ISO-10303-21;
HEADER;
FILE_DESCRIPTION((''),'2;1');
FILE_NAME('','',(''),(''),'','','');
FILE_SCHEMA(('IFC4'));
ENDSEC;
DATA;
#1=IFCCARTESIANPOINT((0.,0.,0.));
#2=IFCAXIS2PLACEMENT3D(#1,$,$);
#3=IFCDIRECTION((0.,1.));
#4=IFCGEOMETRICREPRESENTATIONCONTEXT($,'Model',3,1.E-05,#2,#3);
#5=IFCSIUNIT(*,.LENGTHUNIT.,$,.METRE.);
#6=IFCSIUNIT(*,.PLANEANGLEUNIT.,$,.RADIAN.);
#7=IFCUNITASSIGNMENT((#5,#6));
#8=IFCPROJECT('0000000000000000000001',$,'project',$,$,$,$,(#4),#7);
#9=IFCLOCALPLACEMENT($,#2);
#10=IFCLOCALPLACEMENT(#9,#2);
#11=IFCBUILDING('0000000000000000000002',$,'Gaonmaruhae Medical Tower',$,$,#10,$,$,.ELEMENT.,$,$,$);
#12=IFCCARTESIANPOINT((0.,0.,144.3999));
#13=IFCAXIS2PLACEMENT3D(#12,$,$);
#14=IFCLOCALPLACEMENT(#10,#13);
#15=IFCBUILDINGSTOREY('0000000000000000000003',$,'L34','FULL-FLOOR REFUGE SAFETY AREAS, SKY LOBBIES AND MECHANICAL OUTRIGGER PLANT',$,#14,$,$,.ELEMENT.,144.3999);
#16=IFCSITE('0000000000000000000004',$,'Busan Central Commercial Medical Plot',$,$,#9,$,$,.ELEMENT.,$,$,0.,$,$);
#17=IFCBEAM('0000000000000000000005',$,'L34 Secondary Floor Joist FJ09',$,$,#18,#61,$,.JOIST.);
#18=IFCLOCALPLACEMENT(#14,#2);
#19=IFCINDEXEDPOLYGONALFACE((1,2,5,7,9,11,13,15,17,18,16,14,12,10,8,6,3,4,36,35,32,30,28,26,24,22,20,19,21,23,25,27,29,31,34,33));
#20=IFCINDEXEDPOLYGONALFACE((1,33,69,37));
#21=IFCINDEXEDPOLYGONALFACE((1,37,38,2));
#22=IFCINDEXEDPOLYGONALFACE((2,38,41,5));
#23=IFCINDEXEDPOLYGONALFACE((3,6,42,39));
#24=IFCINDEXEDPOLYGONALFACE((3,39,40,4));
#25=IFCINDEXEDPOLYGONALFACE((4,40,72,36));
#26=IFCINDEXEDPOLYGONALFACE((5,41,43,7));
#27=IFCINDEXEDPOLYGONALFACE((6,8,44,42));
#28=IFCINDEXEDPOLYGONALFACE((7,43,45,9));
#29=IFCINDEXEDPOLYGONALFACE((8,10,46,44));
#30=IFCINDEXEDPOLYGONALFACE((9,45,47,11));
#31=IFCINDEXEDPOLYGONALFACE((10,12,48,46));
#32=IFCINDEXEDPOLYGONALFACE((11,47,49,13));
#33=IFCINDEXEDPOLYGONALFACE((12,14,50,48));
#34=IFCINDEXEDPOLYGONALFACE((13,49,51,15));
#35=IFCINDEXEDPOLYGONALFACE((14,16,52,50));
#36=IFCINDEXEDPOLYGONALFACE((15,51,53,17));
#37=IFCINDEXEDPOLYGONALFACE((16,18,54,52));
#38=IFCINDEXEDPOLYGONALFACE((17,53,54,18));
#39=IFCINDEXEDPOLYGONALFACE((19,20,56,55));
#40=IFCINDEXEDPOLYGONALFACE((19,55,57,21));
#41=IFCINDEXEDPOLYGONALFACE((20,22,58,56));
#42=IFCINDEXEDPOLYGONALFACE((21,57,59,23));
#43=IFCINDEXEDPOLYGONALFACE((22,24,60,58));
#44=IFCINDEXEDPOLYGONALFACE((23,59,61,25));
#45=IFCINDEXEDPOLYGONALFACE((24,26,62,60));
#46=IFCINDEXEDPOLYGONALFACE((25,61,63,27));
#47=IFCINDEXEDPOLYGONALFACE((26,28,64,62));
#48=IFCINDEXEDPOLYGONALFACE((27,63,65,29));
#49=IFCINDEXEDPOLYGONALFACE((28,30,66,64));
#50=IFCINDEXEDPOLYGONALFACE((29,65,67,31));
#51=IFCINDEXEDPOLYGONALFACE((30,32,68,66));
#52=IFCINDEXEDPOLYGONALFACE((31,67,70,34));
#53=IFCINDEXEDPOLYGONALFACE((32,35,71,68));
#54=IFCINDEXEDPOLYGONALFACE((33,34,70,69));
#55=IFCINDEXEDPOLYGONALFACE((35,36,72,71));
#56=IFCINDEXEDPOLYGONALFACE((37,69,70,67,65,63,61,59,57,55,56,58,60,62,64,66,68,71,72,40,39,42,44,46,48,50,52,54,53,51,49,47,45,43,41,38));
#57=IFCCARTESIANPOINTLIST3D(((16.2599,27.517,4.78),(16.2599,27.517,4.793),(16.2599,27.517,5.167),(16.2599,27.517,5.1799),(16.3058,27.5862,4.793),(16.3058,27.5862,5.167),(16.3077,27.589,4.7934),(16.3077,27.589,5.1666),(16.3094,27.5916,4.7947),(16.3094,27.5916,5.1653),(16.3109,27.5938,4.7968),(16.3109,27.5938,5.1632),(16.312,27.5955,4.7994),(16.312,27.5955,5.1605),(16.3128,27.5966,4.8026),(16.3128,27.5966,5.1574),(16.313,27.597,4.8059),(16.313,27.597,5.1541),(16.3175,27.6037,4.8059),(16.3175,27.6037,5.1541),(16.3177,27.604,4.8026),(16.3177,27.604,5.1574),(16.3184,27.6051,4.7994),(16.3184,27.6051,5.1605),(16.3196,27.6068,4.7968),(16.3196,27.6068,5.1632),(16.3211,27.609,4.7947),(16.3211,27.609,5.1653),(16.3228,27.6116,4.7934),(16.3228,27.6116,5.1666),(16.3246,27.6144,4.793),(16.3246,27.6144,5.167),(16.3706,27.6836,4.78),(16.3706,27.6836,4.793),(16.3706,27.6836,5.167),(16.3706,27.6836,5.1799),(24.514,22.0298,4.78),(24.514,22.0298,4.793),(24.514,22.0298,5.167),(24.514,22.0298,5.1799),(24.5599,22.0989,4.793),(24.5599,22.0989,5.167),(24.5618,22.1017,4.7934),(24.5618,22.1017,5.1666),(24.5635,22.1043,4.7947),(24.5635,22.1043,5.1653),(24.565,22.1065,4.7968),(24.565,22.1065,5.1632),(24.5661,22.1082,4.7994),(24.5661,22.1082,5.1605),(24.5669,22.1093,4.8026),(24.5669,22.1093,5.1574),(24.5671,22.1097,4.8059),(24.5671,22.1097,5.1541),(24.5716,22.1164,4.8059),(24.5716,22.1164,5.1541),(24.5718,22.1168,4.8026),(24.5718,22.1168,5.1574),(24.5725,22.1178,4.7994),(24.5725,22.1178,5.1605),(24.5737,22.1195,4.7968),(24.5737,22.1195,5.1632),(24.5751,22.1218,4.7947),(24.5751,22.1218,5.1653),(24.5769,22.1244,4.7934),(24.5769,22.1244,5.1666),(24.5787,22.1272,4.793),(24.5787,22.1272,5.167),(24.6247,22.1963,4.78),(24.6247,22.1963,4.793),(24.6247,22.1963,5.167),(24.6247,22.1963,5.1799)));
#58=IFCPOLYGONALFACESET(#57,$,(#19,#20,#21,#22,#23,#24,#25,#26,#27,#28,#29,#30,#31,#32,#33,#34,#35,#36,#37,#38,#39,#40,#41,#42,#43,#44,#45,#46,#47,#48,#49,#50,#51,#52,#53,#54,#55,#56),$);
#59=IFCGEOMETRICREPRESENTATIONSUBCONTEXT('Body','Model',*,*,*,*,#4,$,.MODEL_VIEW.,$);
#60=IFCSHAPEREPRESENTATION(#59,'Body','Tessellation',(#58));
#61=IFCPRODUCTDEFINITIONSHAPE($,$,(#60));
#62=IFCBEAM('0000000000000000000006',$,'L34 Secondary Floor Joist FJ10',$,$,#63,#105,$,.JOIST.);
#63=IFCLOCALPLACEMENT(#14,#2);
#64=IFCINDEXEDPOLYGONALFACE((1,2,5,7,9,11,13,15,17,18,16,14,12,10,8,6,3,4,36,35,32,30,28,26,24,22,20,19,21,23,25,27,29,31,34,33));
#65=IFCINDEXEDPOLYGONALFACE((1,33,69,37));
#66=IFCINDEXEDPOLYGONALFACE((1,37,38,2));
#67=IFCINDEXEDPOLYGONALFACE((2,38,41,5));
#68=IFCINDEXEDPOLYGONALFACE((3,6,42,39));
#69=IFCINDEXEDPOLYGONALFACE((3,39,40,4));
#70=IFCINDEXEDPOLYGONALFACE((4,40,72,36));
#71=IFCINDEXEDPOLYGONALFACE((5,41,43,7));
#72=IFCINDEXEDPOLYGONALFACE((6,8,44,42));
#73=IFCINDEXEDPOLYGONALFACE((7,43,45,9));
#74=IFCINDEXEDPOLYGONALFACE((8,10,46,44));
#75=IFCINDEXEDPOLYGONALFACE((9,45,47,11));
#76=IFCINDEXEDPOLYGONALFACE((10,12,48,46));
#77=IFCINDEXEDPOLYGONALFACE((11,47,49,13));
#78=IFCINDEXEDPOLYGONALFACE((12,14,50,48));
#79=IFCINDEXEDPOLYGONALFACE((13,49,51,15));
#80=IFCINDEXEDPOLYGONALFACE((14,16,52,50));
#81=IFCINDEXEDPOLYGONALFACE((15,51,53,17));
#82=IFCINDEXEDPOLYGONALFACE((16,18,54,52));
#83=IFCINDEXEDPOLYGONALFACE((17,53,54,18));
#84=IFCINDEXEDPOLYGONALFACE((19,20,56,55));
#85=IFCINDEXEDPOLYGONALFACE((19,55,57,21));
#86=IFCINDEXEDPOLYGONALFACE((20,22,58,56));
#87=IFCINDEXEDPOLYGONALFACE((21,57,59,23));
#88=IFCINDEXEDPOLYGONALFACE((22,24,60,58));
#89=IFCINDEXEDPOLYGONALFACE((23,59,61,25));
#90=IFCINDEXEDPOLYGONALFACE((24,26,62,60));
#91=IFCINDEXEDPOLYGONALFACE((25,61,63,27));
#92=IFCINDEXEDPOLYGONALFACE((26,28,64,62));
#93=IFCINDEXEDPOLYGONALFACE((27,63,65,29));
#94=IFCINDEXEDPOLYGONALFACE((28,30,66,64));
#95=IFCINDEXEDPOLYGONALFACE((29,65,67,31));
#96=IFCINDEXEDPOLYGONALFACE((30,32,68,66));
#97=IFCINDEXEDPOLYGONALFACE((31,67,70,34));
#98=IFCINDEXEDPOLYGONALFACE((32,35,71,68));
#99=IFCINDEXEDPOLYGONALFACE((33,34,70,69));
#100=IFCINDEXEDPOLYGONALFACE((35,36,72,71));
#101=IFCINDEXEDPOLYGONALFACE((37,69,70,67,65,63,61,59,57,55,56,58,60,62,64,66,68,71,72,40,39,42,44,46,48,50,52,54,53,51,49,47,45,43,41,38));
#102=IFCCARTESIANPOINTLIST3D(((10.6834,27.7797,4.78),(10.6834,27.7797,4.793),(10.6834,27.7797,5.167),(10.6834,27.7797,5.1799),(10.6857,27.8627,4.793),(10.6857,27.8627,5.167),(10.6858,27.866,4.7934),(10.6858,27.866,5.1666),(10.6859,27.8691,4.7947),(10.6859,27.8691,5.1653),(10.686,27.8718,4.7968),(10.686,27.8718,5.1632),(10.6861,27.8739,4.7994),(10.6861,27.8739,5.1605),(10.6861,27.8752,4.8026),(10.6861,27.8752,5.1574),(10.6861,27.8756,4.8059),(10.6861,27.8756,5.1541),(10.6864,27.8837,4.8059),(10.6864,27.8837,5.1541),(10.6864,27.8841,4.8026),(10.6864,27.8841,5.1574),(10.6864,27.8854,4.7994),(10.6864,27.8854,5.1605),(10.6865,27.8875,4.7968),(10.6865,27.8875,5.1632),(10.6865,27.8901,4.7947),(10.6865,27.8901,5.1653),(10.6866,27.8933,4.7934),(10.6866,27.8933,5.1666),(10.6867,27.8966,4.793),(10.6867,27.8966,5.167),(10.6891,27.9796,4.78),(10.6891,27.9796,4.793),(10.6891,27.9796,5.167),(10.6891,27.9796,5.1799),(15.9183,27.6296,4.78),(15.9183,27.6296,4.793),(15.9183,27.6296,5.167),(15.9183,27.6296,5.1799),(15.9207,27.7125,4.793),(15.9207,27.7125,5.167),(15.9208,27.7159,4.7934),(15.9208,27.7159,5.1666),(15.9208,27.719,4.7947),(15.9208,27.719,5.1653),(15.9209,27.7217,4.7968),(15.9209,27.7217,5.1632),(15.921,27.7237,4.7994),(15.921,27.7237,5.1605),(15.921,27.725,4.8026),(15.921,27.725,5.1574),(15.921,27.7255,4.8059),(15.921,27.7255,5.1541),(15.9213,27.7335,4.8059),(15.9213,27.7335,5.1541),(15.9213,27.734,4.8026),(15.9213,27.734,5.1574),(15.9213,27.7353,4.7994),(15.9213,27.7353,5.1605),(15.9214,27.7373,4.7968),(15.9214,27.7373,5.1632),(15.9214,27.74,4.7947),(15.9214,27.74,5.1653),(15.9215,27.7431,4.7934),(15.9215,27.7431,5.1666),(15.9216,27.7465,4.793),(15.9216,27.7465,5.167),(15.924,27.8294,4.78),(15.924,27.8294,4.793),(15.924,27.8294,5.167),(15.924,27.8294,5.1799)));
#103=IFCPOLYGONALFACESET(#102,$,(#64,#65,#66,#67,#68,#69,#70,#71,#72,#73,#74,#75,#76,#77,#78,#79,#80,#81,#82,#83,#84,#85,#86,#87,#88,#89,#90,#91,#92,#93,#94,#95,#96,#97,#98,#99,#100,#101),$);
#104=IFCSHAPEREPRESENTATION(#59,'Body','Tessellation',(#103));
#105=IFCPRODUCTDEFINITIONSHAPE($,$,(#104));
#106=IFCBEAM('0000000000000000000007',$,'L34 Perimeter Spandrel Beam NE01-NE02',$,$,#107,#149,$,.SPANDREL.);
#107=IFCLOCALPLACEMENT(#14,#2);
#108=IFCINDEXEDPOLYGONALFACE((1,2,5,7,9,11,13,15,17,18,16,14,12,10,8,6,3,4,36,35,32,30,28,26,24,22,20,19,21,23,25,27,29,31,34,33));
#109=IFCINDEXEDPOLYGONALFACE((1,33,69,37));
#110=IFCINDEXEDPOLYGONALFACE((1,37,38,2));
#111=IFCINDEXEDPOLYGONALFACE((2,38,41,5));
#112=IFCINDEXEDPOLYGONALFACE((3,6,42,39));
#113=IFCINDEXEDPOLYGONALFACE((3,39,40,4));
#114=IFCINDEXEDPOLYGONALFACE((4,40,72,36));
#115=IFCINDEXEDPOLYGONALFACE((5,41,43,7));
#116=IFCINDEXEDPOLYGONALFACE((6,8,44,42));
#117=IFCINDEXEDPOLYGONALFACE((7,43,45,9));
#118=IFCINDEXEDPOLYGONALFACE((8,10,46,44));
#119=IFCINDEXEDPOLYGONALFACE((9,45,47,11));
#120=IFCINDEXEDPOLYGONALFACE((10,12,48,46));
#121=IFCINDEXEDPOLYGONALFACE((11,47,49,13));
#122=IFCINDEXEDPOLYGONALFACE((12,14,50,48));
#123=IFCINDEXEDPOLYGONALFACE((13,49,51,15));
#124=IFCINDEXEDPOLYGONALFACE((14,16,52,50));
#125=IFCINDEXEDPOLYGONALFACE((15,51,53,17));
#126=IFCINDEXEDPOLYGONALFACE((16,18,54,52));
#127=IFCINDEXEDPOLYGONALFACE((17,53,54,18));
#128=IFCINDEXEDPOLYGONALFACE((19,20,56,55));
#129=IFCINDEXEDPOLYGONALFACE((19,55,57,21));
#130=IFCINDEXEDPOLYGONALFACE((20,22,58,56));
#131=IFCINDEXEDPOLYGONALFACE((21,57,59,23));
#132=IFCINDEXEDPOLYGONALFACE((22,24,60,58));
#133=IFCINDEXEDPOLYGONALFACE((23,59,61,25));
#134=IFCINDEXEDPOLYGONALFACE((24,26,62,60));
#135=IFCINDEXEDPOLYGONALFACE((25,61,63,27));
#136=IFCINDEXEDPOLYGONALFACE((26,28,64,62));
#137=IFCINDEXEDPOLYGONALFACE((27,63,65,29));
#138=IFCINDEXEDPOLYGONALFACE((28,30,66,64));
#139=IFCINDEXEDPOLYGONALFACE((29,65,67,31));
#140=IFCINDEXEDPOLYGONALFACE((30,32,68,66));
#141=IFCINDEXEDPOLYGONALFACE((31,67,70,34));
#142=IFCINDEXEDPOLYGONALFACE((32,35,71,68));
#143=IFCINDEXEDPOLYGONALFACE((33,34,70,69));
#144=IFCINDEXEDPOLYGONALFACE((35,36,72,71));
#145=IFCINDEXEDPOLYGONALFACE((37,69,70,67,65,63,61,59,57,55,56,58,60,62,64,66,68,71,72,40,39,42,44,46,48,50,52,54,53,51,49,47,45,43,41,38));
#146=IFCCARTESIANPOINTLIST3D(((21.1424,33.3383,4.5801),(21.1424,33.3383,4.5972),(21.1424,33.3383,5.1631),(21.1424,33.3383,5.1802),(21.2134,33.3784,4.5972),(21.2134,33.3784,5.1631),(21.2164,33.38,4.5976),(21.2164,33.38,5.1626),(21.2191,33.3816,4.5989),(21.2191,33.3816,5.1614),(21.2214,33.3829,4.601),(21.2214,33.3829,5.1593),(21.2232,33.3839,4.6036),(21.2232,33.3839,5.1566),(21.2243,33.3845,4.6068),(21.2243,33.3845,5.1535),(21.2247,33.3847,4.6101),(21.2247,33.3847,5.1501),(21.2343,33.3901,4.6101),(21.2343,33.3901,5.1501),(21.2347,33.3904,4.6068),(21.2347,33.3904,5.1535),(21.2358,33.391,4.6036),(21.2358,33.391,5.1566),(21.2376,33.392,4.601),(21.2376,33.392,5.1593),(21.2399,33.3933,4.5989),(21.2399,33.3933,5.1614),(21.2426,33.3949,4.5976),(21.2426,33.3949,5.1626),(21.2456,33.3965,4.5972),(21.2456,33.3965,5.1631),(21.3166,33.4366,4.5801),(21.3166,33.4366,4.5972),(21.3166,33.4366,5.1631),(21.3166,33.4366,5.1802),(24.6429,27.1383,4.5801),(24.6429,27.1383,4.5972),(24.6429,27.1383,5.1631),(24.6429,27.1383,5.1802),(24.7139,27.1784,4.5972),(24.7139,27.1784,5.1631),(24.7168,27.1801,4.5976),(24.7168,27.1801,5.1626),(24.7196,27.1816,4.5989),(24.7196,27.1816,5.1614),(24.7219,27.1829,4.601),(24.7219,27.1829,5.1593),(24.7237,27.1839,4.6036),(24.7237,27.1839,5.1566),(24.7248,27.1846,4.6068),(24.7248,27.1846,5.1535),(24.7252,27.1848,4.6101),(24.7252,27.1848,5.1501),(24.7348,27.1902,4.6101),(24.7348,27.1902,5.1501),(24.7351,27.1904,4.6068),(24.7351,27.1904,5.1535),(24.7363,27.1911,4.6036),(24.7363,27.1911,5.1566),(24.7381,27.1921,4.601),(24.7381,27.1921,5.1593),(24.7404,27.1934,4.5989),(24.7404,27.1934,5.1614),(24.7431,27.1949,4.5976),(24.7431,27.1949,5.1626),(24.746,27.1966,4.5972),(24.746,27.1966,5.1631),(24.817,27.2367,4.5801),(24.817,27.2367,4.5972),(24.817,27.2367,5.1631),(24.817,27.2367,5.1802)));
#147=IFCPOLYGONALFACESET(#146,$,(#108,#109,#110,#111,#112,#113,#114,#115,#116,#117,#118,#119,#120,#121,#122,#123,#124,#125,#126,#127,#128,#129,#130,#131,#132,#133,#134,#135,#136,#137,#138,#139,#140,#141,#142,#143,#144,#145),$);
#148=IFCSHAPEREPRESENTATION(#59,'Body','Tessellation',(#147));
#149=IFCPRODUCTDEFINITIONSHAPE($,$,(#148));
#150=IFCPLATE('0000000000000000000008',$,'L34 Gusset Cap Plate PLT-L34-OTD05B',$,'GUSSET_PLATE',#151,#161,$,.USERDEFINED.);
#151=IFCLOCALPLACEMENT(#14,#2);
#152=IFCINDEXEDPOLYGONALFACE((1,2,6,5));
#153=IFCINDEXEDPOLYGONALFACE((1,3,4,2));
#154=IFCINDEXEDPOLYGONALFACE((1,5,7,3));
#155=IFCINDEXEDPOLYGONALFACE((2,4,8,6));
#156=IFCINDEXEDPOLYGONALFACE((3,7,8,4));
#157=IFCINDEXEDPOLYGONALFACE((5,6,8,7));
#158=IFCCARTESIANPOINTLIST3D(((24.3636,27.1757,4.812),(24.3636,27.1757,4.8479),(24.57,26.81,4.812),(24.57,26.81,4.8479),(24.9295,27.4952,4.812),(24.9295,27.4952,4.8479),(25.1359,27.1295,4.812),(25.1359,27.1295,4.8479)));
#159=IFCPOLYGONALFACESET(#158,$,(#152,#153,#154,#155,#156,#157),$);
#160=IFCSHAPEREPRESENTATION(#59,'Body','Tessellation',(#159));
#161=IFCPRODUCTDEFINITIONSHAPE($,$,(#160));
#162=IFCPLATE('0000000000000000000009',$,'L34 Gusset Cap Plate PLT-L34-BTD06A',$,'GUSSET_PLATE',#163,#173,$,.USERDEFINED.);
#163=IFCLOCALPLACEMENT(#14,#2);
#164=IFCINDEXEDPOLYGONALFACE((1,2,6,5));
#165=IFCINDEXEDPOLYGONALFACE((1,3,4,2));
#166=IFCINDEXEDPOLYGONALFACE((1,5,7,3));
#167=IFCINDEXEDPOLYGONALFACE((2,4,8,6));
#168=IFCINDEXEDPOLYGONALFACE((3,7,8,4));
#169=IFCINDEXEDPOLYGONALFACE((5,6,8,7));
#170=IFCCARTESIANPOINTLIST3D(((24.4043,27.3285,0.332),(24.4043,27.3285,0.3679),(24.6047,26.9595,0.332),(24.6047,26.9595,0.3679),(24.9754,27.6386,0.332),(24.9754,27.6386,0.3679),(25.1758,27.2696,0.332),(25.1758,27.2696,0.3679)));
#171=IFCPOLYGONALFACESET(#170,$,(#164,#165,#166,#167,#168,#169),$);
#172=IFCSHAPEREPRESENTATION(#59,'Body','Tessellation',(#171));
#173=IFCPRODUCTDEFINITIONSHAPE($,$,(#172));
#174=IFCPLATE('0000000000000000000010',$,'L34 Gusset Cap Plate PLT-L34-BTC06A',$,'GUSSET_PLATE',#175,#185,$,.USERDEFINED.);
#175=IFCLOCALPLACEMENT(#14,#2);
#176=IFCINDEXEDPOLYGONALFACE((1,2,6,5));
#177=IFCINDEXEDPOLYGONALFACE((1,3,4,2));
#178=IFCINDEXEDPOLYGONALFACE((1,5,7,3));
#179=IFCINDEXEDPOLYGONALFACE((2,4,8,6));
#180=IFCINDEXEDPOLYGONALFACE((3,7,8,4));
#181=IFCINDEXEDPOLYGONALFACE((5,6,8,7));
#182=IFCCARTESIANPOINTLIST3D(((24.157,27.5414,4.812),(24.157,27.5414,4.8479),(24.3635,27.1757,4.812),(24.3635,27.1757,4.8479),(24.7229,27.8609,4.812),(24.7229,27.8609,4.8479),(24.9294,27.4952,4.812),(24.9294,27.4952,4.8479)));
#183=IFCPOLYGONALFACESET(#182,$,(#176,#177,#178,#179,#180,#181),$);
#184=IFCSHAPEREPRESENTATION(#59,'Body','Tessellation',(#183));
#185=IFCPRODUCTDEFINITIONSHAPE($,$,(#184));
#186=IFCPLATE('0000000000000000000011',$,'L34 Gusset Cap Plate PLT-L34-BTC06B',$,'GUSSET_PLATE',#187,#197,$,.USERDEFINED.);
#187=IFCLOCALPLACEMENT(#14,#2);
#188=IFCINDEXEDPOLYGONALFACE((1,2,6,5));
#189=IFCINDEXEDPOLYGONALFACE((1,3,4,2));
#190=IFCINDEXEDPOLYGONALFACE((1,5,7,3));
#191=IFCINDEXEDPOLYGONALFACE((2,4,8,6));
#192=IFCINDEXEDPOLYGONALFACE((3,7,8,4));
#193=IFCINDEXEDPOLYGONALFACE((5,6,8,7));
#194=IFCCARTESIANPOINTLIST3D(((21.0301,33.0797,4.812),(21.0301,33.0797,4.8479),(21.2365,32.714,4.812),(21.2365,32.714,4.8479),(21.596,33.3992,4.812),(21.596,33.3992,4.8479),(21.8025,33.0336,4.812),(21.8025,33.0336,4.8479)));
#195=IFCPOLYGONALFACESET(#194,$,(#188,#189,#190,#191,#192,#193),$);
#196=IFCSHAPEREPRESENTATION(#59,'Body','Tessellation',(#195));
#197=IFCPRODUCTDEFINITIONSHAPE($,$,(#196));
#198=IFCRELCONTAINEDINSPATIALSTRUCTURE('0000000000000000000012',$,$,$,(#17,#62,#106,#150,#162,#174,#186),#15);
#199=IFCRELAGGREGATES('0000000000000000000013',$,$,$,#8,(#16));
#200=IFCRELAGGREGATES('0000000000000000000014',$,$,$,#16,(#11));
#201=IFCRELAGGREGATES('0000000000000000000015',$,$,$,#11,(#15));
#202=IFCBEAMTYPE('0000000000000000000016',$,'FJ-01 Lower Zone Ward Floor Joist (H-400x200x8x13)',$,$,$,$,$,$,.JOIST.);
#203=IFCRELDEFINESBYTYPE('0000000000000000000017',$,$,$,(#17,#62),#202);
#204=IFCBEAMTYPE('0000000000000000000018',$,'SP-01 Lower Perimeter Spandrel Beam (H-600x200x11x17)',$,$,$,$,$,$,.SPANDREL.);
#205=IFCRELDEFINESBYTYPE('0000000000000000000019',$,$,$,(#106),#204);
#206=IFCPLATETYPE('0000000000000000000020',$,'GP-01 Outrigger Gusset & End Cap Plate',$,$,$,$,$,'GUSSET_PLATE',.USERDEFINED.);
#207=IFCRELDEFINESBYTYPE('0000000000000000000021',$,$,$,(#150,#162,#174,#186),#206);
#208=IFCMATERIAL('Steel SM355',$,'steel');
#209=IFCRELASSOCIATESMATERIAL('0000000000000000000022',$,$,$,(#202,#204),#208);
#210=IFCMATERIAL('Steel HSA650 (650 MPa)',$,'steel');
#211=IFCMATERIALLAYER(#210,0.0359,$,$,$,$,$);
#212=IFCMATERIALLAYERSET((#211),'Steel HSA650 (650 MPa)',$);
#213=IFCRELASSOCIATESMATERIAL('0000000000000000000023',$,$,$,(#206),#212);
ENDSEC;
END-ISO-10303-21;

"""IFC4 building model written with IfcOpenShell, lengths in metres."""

from ifc_helpers import new_model, si_unit, direction, frame, origin, origin_2d, place, context, subcontext, project, spatial, rectangle, i_section, extrude, material, layer, layer_set, material_profile, profile_set, type_object, element, save


model = new_model("IFC4")

# Units and contexts
model_context = context("Model", 3, precision=1e-05, world=origin(), true_north=direction((0.0, 1.0)))
body_context = subcontext(model_context, "Body", "Model", "MODEL_VIEW")
ifc_project = project(units=[si_unit("LENGTHUNIT", "METRE"), si_unit("PLANEANGLEUNIT", "RADIAN")], contexts=[model_context])

# Site, building, storey
site_placement = place(None, origin())
site = spatial("IfcSite", under=ifc_project, at=site_placement, Name="Busan Central Commercial Medical Plot", CompositionType="ELEMENT", RefElevation=0.0)
building_placement = place(site_placement, origin())
building = spatial("IfcBuilding", under=site, at=building_placement, Name="Gaonmaruhae Medical Tower", CompositionType="ELEMENT")
storey_placement = place(building_placement, frame((0.0, 0.0, 144.3999)))
storey = spatial("IfcBuildingStorey", under=building, at=storey_placement, Name="L34", Description="FULL-FLOOR REFUGE SAFETY AREAS, SKY LOBBIES AND MECHANICAL OUTRIGGER PLANT", CompositionType="ELEMENT", Elevation=144.3999)

# Shared definitions
ifc_material_1 = material(Name="Steel HSA650 (650 MPa)", Category="steel")

# Beams
ifc_material_2 = material(Name="Steel SM355", Category="steel")
ifc_material_profile_1 = material_profile(ifc_material_2, i_section(OverallWidth=0.2, OverallDepth=0.3999, WebThickness=0.0081, FlangeThickness=0.0129, FilletRadius=0.0129, at=origin_2d()), Name="H-400x200x8x13")
ifc_profile_set_1 = profile_set([ifc_material_profile_1], Name="Steel SM355")
beam_type_1 = type_object("IfcBeamType", Name="FJ-01 Lower Zone Ward Floor Joist (H-400x200x8x13)", PredefinedType="JOIST", material=ifc_profile_set_1)
beam_1_placement = place(storey_placement, frame((24.5693, 22.113, 4.98), z_axis=(-0.83277, 0.55362, 0.0), x_axis=(-0.55362, -0.83277, 0.0)))
element("IfcBeam", 1, at=beam_1_placement, inside=storey, type_object=beam_type_1, Name="L34 Secondary Floor Joist FJ09", PredefinedType="JOIST", context=body_context, shape_type="SweptSolid", body=[
    extrude(i_section(OverallWidth=0.2, OverallDepth=0.3999, WebThickness=0.0081, FlangeThickness=0.0129, FilletRadius=0.0129, at=origin_2d()), origin(), (0.0, 0.0, 1.0), 9.9116),
])
beam_2_placement = place(storey_placement, frame((15.9211, 27.7295, 4.98), z_axis=(-0.999589, 0.02867, 0.0), x_axis=(-0.02867, -0.999589, 0.0)))
element("IfcBeam", 2, at=beam_2_placement, inside=storey, type_object=beam_type_1, Name="L34 Secondary Floor Joist FJ10", PredefinedType="JOIST", context=body_context, shape_type="SweptSolid", body=[
    extrude(i_section(OverallWidth=0.2, OverallDepth=0.3999, WebThickness=0.0081, FlangeThickness=0.0129, FilletRadius=0.0129, at=origin_2d()), origin(), (0.0, 0.0, 1.0), 5.2371),
])
ifc_material_profile_2 = material_profile(ifc_material_2, i_section(OverallWidth=0.2, OverallDepth=0.6001, WebThickness=0.011, FlangeThickness=0.0171, FilletRadius=0.0129, at=origin_2d()), Name="H-600x200x11x17")
ifc_profile_set_2 = profile_set([ifc_material_profile_2], Name="Steel SM355")
beam_type_2 = type_object("IfcBeamType", Name="SP-01 Lower Perimeter Spandrel Beam (H-600x200x11x17)", PredefinedType="SPANDREL", material=ifc_profile_set_2)
beam_3_placement = place(storey_placement, frame((24.73, 27.1875, 4.8801), z_axis=(-0.491649, 0.870793, 0.0), x_axis=(-0.870793, -0.491649, 0.0)))
element("IfcBeam", 3, at=beam_3_placement, inside=storey, type_object=beam_type_2, Name="L34 Perimeter Spandrel Beam NE01-NE02", PredefinedType="SPANDREL", context=body_context, shape_type="SweptSolid", body=[
    extrude(i_section(OverallWidth=0.2, OverallDepth=0.6001, WebThickness=0.011, FlangeThickness=0.0171, FilletRadius=0.0129, at=origin_2d()), origin(), (0.0, 0.0, 1.0), 7.1199),
])

# Plates
ifc_layer_1 = layer(ifc_material_1, 0.0359)
ifc_layer_set_1 = layer_set([ifc_layer_1], Name="Steel HSA650 (650 MPa)")
plate_type_1 = type_object("IfcPlateType", Name="GP-01 Outrigger Gusset & End Cap Plate", ElementType="GUSSET_PLATE", PredefinedType="USERDEFINED", material=ifc_layer_set_1)
for number, where, z_axis, x_axis, name in (
    (4, (24.7498, 27.1526, 4.812), (0.0, 0.0, 1.0), (0.870785, 0.491664, 0.0), "L34 Gusset Cap Plate PLT-L34-OTD05B"),
    (5, (24.79, 27.2991, 0.332), (0.0, 0.0, 1.0), (0.878817, 0.477159, 0.0), "L34 Gusset Cap Plate PLT-L34-BTD06A"),
    (6, (24.5432, 27.5183, 4.812), (0.0, 0.0, 1.0), (0.870785, 0.491664, 0.0), "L34 Gusset Cap Plate PLT-L34-BTC06A"),
    (7, (21.4163, 33.0566, 4.812), (0.0, 0.0, 1.0), (0.870785, 0.491664, 0.0), "L34 Gusset Cap Plate PLT-L34-BTC06B"),
):
    element("IfcPlate", number, at=place(storey_placement, frame(where, z_axis=z_axis, x_axis=x_axis)), inside=storey, type_object=plate_type_1, Name=name, ObjectType="GUSSET_PLATE", PredefinedType="USERDEFINED", context=body_context, shape_type="SweptSolid", body=[
        extrude(rectangle(XDim=0.6499, YDim=0.4199, at=origin_2d()), origin(), (0.0, 0.0, 1.0), 0.0359),
    ])

save(model, "model.ifc")
